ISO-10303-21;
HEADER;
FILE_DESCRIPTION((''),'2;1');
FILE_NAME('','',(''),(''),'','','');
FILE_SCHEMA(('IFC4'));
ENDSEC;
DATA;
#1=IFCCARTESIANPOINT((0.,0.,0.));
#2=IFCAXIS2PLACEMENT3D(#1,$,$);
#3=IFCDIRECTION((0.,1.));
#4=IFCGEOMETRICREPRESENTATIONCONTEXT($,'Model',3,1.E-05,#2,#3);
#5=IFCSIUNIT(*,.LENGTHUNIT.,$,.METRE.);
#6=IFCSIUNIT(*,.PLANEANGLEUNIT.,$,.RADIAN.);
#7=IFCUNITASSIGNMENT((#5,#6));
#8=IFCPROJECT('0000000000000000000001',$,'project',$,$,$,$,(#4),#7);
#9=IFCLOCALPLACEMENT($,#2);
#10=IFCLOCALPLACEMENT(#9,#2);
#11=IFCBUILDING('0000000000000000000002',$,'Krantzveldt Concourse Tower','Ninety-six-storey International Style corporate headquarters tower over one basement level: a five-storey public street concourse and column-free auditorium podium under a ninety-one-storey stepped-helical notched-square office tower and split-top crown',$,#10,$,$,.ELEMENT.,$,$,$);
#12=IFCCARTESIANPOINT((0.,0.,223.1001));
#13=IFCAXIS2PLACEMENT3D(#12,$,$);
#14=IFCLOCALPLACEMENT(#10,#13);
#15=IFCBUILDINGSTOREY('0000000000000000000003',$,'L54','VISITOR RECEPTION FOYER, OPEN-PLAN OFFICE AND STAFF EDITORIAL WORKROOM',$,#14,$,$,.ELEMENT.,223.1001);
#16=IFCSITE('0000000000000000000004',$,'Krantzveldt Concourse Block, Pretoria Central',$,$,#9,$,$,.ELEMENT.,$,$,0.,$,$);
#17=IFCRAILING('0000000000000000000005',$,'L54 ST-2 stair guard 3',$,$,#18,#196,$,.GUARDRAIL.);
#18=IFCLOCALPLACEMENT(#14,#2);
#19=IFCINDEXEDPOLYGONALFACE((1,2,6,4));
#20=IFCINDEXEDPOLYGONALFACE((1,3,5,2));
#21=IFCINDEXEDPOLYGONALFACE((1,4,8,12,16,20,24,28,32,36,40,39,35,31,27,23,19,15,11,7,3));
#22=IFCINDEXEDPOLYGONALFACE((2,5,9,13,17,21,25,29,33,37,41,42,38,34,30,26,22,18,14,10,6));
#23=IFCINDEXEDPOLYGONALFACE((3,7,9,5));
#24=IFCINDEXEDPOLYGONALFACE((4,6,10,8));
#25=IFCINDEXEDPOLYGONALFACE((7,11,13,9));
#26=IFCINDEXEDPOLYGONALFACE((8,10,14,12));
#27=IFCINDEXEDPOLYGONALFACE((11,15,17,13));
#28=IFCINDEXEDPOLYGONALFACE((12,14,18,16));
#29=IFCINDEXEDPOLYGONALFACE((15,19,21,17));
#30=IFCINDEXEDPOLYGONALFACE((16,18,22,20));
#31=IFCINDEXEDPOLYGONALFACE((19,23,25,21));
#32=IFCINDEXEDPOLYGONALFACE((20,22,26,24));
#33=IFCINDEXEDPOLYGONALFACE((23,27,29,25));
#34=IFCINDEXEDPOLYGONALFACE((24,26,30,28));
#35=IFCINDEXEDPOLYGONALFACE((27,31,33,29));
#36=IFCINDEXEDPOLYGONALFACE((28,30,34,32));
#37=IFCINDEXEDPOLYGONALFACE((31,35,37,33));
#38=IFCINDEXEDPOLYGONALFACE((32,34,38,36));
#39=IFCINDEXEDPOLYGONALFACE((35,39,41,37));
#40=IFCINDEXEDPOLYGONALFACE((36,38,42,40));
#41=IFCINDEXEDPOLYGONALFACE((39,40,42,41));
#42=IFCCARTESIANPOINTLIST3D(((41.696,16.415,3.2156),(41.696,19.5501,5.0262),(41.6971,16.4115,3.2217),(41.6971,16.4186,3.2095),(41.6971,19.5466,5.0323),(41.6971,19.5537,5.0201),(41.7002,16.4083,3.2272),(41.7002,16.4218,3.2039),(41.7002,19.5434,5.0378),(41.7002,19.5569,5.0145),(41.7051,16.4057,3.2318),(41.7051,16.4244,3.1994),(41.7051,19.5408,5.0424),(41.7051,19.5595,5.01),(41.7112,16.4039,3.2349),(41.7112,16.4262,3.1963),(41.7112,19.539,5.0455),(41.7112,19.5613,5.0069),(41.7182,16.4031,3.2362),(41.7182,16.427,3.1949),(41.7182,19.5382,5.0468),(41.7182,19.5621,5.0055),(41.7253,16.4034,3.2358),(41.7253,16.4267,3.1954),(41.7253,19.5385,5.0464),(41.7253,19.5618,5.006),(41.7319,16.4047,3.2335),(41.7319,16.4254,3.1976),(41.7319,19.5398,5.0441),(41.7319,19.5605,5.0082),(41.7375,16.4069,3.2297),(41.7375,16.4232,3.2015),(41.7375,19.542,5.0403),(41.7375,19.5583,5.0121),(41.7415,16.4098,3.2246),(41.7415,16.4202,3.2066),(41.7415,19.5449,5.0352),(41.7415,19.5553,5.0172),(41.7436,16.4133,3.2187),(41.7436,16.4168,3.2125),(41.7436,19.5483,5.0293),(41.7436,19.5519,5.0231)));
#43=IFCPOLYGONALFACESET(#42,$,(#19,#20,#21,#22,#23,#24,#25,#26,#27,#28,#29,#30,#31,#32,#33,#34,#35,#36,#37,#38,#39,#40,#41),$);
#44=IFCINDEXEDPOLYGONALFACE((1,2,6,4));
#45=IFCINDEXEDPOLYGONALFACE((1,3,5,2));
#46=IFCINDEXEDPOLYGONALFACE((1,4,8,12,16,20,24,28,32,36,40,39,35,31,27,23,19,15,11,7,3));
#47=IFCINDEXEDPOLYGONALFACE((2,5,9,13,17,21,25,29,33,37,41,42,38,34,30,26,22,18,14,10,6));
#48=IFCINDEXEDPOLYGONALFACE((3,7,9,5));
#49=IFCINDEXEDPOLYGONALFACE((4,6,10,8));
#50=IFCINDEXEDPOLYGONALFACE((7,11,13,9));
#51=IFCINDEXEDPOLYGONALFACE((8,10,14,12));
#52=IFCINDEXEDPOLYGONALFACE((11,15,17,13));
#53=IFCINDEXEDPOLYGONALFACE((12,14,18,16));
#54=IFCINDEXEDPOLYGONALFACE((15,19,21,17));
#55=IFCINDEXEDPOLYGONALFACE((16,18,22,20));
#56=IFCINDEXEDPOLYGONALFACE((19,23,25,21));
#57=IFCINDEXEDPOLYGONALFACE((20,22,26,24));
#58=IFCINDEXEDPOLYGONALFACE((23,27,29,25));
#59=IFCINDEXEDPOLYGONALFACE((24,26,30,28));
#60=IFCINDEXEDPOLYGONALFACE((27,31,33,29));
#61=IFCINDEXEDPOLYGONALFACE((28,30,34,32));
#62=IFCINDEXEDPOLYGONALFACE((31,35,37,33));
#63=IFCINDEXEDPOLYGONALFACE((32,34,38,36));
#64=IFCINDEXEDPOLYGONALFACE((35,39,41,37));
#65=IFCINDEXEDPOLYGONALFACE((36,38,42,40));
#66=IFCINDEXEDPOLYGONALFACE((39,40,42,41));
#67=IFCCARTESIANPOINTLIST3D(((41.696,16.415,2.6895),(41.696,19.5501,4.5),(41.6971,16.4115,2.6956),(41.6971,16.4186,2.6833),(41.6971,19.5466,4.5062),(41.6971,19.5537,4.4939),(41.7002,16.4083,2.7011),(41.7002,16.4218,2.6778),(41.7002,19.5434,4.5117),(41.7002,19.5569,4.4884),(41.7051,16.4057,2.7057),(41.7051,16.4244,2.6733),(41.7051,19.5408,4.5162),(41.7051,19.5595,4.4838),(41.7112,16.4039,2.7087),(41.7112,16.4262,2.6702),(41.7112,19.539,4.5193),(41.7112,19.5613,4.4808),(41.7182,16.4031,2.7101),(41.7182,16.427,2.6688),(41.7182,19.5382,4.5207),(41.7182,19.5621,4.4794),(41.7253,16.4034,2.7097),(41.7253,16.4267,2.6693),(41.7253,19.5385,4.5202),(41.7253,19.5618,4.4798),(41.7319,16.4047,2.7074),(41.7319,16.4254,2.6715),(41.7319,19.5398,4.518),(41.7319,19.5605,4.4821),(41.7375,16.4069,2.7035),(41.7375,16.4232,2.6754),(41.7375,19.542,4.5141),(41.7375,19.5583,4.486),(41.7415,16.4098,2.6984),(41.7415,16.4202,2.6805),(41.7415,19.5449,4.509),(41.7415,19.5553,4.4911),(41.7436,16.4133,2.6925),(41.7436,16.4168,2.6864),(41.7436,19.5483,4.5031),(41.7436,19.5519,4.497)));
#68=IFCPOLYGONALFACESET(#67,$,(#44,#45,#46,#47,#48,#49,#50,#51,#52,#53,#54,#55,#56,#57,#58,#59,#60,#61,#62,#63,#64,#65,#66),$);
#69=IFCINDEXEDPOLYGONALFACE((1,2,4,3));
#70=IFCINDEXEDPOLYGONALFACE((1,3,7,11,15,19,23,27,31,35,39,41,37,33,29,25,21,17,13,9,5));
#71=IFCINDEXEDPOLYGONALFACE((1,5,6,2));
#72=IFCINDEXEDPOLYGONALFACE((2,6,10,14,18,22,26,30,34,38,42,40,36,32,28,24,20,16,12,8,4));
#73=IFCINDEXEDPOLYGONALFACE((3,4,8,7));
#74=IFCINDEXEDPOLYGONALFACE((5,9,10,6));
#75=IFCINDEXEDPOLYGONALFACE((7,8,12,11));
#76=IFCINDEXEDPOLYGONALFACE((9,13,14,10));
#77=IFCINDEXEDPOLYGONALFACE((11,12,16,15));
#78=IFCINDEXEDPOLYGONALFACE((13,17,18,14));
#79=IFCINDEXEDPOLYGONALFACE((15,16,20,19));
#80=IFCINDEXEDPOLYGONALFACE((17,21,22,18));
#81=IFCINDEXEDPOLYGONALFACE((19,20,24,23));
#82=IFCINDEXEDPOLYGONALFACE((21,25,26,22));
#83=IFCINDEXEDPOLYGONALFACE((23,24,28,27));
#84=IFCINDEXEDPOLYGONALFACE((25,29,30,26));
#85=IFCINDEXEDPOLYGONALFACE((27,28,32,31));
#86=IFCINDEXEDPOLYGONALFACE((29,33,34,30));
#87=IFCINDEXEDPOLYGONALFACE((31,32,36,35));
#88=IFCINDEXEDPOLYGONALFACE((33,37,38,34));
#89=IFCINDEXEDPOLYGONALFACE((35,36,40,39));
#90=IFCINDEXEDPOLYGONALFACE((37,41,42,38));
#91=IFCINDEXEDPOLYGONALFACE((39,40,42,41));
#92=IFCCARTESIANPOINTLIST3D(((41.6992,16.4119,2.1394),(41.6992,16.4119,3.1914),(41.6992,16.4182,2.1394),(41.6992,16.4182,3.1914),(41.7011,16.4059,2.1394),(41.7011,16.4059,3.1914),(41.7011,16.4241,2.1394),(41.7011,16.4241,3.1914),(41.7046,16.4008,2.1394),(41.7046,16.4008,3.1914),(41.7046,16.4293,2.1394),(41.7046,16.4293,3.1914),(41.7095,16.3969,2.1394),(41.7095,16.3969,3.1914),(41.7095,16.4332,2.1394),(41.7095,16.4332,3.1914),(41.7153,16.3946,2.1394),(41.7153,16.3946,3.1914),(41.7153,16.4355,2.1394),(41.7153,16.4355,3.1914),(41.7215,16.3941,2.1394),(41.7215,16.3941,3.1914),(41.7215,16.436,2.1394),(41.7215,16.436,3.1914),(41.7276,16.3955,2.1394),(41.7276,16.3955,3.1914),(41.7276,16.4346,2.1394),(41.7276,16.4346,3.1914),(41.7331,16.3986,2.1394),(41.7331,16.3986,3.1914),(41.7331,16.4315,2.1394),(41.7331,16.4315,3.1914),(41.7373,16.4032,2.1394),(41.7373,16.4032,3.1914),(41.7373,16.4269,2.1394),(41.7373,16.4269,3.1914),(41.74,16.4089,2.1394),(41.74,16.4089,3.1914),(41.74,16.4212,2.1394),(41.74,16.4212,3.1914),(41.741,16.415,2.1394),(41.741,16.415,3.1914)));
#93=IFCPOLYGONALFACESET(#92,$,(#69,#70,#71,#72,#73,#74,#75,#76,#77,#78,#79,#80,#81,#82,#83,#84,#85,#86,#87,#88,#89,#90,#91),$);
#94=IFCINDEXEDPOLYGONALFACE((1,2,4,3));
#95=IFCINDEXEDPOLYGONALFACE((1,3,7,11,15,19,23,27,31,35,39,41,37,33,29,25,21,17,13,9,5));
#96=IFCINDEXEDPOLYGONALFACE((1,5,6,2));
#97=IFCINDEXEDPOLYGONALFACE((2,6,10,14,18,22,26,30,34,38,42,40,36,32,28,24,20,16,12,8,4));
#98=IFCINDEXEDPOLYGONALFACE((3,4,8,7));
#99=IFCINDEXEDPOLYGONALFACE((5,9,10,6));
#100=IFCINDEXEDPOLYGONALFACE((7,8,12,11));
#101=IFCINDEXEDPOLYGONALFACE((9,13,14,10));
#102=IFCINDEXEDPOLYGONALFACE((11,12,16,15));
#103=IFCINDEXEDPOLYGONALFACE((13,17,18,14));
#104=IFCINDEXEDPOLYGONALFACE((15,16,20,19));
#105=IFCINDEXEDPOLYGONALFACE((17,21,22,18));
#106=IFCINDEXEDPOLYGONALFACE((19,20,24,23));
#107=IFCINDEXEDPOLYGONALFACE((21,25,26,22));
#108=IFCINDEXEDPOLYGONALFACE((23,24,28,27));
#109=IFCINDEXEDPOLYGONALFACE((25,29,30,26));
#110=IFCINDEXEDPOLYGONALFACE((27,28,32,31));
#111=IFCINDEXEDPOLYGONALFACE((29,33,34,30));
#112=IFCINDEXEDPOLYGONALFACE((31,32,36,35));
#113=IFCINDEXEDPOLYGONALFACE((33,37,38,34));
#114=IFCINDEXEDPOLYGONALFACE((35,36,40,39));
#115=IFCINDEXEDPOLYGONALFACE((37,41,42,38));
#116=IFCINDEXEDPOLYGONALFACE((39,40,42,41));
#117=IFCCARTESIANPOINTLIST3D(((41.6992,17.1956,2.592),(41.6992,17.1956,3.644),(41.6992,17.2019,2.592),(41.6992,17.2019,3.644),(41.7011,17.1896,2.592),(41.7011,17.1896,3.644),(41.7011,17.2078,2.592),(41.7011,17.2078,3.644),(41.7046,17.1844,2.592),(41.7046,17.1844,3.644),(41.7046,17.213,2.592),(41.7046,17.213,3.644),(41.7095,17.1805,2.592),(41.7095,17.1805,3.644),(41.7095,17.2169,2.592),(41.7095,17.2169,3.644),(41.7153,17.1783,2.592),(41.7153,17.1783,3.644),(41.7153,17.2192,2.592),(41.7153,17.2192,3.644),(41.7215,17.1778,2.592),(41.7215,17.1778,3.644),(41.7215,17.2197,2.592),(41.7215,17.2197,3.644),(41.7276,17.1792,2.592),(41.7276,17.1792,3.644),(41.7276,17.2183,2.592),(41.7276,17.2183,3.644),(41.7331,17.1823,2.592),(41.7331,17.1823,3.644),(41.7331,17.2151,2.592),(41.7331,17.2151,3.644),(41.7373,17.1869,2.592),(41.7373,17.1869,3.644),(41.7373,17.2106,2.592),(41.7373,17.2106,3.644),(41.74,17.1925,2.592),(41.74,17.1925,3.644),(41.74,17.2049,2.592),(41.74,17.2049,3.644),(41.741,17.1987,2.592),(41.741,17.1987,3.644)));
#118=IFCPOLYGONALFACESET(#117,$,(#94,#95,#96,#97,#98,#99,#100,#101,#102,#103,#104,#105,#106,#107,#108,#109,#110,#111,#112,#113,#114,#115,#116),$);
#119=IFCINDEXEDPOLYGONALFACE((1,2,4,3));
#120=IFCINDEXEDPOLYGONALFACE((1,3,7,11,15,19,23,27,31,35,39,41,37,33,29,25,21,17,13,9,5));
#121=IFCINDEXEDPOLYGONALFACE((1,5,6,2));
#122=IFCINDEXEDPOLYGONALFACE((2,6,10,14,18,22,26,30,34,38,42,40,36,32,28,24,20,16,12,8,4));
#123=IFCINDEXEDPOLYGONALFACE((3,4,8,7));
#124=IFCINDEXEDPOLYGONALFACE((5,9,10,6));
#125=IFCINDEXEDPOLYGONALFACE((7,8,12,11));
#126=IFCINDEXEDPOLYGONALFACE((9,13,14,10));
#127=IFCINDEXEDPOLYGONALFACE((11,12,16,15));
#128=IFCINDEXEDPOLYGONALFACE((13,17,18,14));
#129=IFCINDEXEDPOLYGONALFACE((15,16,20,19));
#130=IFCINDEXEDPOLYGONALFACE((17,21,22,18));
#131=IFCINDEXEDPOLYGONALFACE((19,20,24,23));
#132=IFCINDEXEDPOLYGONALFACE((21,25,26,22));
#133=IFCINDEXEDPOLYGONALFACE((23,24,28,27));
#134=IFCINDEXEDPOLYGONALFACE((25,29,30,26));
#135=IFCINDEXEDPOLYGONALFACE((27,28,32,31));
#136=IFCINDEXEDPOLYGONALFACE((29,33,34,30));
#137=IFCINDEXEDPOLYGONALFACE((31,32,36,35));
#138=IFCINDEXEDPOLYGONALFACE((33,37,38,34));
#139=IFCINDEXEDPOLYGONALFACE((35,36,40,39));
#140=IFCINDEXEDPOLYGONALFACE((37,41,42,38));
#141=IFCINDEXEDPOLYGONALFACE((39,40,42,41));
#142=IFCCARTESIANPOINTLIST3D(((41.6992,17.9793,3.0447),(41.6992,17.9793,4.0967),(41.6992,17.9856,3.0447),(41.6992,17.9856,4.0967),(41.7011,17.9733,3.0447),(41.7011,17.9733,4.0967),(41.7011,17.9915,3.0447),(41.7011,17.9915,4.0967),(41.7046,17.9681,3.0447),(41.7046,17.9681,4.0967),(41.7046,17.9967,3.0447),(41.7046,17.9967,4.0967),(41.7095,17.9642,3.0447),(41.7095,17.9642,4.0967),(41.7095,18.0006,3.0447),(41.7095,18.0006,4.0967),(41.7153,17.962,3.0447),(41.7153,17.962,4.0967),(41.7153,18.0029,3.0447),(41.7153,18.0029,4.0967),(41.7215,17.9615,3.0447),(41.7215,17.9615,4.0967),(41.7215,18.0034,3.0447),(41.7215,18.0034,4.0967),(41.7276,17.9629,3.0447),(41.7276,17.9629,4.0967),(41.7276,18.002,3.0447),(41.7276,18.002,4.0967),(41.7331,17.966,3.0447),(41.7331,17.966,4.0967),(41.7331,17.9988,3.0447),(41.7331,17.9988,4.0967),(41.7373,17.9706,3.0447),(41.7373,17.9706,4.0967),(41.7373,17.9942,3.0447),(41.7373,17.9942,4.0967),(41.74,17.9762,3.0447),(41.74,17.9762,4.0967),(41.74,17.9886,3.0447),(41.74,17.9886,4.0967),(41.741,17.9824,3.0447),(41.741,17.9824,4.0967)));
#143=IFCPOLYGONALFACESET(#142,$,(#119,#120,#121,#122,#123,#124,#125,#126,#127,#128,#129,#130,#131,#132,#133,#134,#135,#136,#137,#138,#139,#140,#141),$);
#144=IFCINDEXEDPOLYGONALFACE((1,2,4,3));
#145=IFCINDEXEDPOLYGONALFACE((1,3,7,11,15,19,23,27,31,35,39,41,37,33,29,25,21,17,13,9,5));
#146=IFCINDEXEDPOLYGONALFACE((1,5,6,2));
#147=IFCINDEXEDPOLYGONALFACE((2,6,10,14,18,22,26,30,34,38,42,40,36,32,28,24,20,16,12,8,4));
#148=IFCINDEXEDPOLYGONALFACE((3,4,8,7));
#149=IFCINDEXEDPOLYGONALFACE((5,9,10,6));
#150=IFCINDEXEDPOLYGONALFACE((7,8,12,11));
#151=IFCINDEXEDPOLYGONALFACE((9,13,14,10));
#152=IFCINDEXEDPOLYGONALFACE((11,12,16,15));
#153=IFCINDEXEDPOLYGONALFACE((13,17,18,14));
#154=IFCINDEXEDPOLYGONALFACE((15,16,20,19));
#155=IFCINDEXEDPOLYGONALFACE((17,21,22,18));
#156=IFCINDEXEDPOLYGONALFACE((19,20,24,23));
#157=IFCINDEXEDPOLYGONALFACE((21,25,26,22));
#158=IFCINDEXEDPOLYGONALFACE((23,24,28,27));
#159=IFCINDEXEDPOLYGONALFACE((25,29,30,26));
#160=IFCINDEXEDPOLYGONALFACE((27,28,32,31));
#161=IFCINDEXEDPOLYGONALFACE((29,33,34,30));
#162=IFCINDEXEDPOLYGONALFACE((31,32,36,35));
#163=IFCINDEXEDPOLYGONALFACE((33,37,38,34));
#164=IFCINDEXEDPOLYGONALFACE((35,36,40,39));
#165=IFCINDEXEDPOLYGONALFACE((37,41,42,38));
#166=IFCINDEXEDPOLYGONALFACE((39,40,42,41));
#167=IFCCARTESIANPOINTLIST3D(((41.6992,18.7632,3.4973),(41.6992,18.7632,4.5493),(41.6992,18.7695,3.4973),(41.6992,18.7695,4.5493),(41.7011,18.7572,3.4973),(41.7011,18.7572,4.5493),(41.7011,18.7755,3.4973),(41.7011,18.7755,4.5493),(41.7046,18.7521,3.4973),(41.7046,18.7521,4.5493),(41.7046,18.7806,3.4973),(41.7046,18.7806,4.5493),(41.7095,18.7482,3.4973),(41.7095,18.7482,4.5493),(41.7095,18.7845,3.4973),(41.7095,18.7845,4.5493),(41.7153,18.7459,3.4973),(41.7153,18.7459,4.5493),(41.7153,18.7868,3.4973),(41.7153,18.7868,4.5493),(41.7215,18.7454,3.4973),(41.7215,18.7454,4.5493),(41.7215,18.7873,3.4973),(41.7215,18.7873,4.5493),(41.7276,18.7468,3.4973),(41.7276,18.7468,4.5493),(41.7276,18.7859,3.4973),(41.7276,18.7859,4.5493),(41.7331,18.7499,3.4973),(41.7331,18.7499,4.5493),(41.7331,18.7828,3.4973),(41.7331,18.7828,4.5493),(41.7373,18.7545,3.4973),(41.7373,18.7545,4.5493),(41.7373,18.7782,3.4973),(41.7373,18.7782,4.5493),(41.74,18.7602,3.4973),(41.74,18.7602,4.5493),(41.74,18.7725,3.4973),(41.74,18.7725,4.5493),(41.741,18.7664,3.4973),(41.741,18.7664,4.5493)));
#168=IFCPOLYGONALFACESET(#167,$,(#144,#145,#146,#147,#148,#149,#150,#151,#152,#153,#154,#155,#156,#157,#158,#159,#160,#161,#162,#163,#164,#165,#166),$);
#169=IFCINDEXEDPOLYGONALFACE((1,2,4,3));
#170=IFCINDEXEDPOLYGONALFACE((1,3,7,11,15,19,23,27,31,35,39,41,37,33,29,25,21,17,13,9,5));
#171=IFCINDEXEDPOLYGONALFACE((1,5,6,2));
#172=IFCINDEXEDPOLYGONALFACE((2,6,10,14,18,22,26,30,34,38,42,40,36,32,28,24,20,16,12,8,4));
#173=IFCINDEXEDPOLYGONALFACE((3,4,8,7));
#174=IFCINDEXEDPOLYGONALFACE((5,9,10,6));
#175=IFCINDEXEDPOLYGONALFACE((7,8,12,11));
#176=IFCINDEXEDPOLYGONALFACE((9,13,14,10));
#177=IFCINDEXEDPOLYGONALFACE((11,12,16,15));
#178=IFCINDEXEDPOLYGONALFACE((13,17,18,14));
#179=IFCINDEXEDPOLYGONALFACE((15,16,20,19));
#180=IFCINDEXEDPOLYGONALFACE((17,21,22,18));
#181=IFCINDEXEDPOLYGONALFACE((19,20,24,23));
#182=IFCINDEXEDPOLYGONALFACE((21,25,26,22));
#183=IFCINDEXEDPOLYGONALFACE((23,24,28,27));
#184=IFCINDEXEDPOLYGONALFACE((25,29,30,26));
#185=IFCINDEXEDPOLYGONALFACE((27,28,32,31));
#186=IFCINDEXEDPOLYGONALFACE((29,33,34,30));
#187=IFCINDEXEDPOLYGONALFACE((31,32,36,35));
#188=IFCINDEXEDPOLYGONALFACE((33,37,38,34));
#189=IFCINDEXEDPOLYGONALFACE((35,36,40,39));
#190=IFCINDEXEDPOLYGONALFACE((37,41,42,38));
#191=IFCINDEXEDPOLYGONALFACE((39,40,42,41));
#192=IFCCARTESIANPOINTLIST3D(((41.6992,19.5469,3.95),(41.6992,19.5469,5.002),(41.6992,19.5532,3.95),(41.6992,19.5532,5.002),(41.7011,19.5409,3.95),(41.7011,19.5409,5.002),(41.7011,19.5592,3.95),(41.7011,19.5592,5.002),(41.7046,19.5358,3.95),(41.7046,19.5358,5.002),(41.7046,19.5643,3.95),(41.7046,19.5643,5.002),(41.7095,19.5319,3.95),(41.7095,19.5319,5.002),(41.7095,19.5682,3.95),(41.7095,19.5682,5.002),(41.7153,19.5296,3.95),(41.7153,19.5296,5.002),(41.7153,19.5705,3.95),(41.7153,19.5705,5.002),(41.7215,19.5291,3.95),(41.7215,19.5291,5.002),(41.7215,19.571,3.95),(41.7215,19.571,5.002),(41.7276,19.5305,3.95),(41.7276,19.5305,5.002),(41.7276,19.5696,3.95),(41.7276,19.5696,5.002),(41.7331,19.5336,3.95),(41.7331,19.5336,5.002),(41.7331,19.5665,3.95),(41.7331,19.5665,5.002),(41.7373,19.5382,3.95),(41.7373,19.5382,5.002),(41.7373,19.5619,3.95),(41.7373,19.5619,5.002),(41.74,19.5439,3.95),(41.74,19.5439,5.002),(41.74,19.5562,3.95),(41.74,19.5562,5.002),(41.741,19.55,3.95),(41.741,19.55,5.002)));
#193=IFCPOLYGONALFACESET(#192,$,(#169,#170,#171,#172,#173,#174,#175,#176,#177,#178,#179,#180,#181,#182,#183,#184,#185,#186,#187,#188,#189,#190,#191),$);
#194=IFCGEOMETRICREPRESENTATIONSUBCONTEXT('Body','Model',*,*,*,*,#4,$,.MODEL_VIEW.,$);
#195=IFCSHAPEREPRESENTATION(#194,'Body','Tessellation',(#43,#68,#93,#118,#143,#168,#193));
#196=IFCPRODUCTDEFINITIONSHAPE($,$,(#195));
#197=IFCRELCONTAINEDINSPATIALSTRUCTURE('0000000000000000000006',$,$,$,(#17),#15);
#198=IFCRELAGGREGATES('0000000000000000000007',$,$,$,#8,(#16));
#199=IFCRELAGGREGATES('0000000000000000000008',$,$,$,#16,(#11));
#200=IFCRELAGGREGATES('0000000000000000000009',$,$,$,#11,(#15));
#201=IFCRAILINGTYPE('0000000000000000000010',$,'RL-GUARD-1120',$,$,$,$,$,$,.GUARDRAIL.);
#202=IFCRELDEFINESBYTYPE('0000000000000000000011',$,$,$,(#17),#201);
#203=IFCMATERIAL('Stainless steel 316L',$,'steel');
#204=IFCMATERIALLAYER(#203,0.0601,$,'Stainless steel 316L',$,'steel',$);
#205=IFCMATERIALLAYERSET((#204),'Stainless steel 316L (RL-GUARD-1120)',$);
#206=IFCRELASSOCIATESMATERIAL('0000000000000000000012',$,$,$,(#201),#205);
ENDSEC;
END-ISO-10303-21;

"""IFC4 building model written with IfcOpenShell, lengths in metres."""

from ifc_helpers import new_model, si_unit, direction, frame, origin, origin_2d, place, context, subcontext, project, spatial, circle, extrude, material, layer, layer_set, type_object, element, save


model = new_model("IFC4")

# Units and contexts
model_context = context("Model", 3, precision=1e-05, world=origin(), true_north=direction((0.0, 1.0)))
body_context = subcontext(model_context, "Body", "Model", "MODEL_VIEW")
ifc_project = project(units=[si_unit("LENGTHUNIT", "METRE"), si_unit("PLANEANGLEUNIT", "RADIAN")], contexts=[model_context])

# Site, building, storey
site_placement = place(None, origin())
site = spatial("IfcSite", under=ifc_project, at=site_placement, Name="Krantzveldt Concourse Block, Pretoria Central", CompositionType="ELEMENT", RefElevation=0.0)
building_placement = place(site_placement, origin())
building = spatial("IfcBuilding", under=site, at=building_placement, Name="Krantzveldt Concourse Tower", Description="Ninety-six-storey International Style corporate headquarters tower over one basement level: a five-storey public street concourse and column-free auditorium podium under a ninety-one-storey stepped-helical notched-square office tower and split-top crown", CompositionType="ELEMENT")
storey_placement = place(building_placement, frame((0.0, 0.0, 223.1001)))
storey = spatial("IfcBuildingStorey", under=building, at=storey_placement, Name="L54", Description="VISITOR RECEPTION FOYER, OPEN-PLAN OFFICE AND STAFF EDITORIAL WORKROOM", CompositionType="ELEMENT", Elevation=223.1001)

# Shared definitions
ifc_material_1 = material(Name="Stainless steel 316L", Category="steel")

# Railing
ifc_layer_1 = layer(ifc_material_1, 0.0601, Name="Stainless steel 316L", Category="steel")
ifc_layer_set_1 = layer_set([ifc_layer_1], Name="Stainless steel 316L (RL-GUARD-1120)")
railing_type_1 = type_object("IfcRailingType", Name="RL-GUARD-1120", PredefinedType="GUARDRAIL", material=ifc_layer_set_1)
railing_1_placement = place(storey_placement, frame((41.72, 16.415, 2.1394)))
element("IfcRailing", 1, at=railing_1_placement, inside=storey, type_object=railing_type_1, Name="L54 ST-2 stair guard 3", PredefinedType="GUARDRAIL", context=body_context, shape_type="SweptSolid", body=[
    extrude(circle(Radius=0.0239, at=origin_2d()), frame((0.0, 0.0, 1.0762), z_axis=(0.0, 0.86596, 0.500114), x_axis=(-1.0, 0.0, 0.0)), (0.0, 0.0, 1.0), 3.6204),
    extrude(circle(Radius=0.0239, at=origin_2d()), frame((0.0, 0.0, 0.55), z_axis=(0.0, 0.86596, 0.500114), x_axis=(-1.0, 0.0, 0.0)), (0.0, 0.0, 1.0), 3.6204),
    extrude(circle(Radius=0.021, at=origin_2d()), origin(), (0.0, 0.0, 1.0), 1.052),
    extrude(circle(Radius=0.021, at=origin_2d()), frame((0.0, 0.7837, 0.4526)), (0.0, 0.0, 1.0), 1.052),
    extrude(circle(Radius=0.021, at=origin_2d()), frame((0.0, 1.5674, 0.9053)), (0.0, 0.0, 1.0), 1.052),
    extrude(circle(Radius=0.021, at=origin_2d()), frame((0.0, 2.3513, 1.3579)), (0.0, 0.0, 1.0), 1.052),
    extrude(circle(Radius=0.021, at=origin_2d()), frame((0.0, 3.135, 1.8105)), (0.0, 0.0, 1.0), 1.052),
])

save(model, "model.ifc")
